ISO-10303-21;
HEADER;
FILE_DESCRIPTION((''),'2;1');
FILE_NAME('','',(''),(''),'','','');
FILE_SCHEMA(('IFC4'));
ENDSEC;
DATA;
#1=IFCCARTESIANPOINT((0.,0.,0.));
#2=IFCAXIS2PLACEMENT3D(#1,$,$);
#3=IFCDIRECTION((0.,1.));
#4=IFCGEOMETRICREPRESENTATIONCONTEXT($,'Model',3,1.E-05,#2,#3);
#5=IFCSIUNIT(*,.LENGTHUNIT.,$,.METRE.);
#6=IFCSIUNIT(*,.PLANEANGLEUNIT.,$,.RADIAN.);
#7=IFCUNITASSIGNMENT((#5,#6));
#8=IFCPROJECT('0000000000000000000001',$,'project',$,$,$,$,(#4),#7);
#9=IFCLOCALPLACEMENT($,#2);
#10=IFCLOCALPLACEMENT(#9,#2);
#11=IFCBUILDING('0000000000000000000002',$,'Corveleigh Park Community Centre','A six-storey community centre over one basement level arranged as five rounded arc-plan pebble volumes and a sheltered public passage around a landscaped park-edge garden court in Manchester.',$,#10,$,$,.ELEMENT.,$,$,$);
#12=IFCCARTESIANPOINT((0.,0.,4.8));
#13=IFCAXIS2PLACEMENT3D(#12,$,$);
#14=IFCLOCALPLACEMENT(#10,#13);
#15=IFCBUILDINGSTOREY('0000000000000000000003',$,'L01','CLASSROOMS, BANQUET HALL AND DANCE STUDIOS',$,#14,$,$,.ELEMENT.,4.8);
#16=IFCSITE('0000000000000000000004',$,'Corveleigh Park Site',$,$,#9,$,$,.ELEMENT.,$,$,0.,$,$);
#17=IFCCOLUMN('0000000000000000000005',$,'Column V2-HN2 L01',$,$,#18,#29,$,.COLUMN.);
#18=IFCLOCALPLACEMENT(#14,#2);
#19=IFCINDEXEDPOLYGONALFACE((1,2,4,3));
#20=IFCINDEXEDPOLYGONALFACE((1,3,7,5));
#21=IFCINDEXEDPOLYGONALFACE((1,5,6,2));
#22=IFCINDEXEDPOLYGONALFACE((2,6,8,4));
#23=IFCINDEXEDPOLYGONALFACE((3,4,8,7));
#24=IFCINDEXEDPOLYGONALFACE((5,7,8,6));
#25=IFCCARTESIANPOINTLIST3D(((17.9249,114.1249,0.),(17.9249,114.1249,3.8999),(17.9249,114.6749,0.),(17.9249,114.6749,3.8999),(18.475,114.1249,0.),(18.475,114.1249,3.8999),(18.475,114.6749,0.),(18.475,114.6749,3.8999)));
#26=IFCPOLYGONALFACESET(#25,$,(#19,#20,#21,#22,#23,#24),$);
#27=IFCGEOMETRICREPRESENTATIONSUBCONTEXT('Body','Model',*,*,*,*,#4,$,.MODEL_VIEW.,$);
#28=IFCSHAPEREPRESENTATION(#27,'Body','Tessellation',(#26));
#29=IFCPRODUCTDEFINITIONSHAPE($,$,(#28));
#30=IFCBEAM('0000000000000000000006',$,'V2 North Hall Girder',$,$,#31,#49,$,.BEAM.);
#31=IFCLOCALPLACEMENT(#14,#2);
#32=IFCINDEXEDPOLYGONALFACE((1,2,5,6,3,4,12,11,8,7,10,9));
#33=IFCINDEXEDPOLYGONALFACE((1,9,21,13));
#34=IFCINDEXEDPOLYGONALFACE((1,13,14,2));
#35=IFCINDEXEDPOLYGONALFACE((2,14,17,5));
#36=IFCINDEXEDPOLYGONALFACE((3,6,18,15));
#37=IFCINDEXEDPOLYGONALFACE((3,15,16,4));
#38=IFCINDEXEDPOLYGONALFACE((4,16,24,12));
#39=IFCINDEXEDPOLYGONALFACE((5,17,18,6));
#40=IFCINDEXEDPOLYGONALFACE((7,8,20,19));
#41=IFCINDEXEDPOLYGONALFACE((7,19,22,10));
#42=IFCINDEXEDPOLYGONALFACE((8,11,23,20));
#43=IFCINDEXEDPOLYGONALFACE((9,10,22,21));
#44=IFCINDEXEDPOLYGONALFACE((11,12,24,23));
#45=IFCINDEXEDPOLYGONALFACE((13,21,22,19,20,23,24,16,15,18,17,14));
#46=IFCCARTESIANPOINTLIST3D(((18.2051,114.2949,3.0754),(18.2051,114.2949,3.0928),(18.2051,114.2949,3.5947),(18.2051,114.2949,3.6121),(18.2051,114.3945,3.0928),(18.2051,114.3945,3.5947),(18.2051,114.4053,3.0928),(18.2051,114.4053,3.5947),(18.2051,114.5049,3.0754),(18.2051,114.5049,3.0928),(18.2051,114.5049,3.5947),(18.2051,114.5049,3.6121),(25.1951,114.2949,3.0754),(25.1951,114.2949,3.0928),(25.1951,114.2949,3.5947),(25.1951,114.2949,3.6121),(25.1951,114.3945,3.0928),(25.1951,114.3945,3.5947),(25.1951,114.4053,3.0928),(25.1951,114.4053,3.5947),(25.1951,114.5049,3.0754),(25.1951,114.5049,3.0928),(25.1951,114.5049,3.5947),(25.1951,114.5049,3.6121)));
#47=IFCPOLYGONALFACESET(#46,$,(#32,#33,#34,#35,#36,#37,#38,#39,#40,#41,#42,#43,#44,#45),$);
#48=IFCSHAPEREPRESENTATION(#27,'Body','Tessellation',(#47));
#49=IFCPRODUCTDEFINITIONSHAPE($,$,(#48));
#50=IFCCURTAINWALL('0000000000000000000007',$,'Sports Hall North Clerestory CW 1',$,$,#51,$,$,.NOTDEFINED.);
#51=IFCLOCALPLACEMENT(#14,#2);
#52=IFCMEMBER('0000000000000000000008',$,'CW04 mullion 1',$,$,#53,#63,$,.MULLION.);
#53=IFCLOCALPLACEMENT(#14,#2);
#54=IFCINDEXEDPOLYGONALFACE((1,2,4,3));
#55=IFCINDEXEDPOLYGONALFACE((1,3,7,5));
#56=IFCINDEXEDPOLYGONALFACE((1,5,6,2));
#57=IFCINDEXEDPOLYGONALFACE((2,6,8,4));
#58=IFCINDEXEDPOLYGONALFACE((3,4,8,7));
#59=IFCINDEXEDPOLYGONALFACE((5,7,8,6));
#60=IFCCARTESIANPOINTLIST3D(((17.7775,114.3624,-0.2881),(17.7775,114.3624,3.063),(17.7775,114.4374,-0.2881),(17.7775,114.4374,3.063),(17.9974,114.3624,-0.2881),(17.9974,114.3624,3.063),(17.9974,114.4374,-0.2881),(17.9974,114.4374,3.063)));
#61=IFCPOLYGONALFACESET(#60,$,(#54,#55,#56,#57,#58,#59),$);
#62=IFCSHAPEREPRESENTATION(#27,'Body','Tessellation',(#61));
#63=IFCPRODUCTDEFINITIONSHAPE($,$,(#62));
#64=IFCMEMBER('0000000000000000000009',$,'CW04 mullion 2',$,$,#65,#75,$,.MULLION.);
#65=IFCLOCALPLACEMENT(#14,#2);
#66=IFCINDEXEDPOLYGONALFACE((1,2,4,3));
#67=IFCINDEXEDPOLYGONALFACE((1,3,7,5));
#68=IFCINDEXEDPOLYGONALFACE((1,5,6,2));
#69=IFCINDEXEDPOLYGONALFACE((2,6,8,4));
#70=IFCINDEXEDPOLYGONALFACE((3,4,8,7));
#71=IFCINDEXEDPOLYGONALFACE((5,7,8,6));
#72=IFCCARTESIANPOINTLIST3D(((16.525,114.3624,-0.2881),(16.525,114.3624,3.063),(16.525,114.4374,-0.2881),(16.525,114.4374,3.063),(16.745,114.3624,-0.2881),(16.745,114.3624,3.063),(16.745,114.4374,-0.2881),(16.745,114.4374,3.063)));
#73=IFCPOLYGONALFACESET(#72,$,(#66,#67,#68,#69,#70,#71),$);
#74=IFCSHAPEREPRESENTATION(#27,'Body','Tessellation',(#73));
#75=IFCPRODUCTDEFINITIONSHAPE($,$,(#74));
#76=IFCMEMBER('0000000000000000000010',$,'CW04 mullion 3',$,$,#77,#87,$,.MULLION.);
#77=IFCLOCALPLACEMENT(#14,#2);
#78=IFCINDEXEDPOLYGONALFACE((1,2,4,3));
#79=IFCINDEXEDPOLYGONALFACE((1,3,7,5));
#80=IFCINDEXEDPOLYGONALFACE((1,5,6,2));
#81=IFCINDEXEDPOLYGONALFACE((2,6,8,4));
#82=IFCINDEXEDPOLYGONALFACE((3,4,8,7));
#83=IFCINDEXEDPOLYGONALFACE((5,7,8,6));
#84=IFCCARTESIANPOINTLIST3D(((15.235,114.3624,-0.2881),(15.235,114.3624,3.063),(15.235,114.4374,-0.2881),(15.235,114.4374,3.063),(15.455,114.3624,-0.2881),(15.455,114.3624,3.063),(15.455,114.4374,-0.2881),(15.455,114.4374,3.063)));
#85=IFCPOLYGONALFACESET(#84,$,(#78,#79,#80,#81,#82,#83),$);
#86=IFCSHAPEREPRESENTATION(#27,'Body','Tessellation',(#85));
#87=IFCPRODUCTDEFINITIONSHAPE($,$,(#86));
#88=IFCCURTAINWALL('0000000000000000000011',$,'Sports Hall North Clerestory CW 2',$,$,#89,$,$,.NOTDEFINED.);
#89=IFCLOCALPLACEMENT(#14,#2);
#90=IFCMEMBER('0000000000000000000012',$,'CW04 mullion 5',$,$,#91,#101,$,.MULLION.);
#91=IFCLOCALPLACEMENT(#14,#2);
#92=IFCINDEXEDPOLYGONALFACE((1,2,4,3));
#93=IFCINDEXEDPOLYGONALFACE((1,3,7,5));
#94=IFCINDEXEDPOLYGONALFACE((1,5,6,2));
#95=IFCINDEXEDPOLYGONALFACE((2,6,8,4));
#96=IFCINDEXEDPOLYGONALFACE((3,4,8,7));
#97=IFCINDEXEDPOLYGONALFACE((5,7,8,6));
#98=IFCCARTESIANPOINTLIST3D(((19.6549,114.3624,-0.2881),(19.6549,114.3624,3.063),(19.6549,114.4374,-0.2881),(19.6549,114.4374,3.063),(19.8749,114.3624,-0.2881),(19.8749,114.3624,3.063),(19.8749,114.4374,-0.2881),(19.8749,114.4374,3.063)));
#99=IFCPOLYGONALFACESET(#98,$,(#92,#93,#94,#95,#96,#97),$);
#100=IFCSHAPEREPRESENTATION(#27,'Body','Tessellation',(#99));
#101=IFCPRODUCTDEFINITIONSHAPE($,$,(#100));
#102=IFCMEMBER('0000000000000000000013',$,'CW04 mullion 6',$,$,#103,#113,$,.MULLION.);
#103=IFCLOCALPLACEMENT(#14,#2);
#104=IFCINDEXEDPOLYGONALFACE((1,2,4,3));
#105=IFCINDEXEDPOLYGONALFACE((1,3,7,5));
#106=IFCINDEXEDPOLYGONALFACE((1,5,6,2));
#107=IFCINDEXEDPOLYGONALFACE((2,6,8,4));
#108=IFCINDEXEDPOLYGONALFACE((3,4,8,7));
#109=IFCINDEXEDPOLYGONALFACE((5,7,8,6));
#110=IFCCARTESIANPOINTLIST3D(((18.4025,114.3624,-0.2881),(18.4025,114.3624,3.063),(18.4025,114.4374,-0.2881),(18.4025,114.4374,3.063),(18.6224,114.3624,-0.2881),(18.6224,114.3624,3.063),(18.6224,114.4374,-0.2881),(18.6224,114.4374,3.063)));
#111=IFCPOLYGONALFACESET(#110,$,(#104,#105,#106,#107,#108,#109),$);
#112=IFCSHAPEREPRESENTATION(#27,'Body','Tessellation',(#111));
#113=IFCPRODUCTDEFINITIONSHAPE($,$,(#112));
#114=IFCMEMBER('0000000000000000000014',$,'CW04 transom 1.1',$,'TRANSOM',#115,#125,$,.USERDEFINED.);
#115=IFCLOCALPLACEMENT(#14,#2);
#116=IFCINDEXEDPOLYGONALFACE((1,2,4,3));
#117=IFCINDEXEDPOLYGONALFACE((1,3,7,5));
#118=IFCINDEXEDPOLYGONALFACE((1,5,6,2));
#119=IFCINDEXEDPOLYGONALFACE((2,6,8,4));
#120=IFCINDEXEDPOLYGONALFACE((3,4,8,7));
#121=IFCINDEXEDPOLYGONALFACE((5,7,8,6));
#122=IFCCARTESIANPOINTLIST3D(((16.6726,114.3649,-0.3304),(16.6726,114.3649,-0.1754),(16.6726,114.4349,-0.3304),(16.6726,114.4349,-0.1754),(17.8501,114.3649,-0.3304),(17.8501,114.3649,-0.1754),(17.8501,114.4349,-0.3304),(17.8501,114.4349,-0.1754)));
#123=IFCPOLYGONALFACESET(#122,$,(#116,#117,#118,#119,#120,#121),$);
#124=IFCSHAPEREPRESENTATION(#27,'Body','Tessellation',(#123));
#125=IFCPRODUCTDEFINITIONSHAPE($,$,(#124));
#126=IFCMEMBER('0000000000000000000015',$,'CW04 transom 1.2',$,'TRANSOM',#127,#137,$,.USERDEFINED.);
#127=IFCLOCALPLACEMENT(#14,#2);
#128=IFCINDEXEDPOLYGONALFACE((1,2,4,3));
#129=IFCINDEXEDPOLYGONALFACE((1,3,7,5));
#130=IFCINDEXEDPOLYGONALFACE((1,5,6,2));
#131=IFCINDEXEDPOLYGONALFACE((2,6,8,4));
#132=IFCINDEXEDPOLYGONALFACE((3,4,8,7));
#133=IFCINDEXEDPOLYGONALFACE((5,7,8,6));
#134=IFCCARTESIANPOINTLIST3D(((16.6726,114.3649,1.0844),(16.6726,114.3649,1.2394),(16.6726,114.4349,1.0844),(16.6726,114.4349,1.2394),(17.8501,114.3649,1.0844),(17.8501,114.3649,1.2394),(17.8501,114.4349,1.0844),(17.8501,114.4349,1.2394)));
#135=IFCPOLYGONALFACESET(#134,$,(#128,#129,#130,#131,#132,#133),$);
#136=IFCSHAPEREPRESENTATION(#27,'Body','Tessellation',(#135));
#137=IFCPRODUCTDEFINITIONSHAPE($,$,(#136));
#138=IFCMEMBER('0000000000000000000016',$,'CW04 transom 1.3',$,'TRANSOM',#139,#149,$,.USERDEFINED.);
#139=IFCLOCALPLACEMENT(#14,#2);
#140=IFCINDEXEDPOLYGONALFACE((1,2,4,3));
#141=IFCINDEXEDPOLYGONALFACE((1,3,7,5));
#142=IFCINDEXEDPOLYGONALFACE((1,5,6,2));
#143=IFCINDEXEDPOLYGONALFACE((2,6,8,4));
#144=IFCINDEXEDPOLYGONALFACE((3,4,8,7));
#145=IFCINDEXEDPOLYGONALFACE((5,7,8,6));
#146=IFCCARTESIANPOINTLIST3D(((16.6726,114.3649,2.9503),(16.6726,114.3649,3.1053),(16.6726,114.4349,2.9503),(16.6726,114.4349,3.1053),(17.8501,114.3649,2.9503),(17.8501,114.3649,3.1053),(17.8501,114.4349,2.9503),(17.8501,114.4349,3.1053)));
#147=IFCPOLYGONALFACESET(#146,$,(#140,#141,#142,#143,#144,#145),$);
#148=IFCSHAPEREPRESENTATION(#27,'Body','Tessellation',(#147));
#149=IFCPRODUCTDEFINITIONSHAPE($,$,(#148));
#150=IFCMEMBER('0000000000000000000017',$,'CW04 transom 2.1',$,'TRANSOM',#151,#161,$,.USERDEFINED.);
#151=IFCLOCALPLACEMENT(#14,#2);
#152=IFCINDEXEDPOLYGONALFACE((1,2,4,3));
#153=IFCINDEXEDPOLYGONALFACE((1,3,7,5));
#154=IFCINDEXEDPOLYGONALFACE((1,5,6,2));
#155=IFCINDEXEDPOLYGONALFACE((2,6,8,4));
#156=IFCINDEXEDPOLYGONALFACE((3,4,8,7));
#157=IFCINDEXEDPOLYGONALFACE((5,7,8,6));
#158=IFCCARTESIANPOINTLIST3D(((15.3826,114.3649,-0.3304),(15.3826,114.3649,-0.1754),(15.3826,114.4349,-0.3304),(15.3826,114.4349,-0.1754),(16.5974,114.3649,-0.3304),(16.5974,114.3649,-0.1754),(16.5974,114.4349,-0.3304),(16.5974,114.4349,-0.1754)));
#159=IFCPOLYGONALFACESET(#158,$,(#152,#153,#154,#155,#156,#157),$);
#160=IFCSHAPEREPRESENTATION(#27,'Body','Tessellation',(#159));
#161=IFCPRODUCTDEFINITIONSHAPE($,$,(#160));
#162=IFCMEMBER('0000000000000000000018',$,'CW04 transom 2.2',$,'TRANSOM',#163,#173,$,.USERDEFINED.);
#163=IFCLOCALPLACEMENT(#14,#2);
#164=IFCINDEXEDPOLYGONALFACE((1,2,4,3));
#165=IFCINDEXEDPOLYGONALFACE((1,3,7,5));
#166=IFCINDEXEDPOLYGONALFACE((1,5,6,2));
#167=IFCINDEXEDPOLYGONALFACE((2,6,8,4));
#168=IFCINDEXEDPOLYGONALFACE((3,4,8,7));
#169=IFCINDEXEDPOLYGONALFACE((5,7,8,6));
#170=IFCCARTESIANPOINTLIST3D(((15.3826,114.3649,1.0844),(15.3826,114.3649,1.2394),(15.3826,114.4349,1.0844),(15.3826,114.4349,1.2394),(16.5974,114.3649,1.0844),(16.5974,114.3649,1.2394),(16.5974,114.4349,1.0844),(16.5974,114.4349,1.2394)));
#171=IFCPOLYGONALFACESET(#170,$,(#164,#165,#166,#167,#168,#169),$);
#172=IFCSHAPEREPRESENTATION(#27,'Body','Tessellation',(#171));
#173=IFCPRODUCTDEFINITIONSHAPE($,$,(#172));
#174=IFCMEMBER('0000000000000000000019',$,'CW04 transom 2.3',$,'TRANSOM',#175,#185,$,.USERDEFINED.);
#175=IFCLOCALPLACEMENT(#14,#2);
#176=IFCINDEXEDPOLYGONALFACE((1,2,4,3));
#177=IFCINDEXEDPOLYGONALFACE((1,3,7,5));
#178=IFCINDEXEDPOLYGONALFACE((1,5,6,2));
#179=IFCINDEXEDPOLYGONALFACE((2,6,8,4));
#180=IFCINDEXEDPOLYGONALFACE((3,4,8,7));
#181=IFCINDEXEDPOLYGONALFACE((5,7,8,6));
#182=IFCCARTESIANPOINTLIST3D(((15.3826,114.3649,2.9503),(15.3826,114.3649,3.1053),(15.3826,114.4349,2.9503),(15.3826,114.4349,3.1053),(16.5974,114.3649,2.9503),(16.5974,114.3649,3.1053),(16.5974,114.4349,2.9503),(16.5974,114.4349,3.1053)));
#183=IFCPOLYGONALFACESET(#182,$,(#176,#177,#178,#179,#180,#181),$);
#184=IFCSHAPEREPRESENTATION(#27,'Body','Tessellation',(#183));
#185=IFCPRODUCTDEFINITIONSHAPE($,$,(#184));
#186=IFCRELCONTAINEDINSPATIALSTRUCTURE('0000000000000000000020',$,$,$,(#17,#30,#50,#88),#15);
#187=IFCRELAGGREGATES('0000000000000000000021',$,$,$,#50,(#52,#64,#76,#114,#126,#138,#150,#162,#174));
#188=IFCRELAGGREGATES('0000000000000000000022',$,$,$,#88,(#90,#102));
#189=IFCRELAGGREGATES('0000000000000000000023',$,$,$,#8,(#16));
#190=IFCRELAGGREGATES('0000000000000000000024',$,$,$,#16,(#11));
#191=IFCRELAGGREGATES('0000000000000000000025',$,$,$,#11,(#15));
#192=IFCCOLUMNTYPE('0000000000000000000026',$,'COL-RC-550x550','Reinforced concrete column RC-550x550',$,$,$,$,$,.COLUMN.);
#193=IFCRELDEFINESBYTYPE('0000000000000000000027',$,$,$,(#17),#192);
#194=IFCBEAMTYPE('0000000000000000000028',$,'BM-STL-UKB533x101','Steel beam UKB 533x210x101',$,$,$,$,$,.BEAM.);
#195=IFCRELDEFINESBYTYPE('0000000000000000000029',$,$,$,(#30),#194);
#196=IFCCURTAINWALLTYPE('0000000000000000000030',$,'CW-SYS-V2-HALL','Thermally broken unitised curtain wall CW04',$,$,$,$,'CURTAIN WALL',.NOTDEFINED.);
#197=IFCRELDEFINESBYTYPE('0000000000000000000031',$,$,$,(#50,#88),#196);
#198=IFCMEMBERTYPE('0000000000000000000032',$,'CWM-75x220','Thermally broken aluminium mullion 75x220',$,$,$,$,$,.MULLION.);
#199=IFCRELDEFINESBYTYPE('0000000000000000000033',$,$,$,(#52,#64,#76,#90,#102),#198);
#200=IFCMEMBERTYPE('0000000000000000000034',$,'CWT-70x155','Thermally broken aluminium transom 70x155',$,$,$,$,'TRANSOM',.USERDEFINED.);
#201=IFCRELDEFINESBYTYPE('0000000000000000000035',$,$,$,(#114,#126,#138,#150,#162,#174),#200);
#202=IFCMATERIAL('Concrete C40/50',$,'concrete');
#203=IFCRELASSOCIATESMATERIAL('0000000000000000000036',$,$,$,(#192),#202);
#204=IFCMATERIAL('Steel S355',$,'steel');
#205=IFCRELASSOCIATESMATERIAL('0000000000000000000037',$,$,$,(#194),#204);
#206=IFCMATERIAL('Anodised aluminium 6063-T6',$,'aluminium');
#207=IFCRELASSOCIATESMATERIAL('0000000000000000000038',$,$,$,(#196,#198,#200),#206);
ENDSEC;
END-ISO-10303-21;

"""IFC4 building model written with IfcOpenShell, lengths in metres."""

from ifc_helpers import new_model, si_unit, direction, frame, origin, origin_2d, place, context, subcontext, project, spatial, rectangle, i_section, extrude, material, material_profile, profile_set, type_object, element, aggregate, save


model = new_model("IFC4")

# Units and contexts
model_context = context("Model", 3, precision=1e-05, world=origin(), true_north=direction((0.0, 1.0)))
body_context = subcontext(model_context, "Body", "Model", "MODEL_VIEW")
ifc_project = project(units=[si_unit("LENGTHUNIT", "METRE"), si_unit("PLANEANGLEUNIT", "RADIAN")], contexts=[model_context])

# Site, building, storey
site_placement = place(None, origin())
site = spatial("IfcSite", under=ifc_project, at=site_placement, Name="Corveleigh Park Site", CompositionType="ELEMENT", RefElevation=0.0)
building_placement = place(site_placement, origin())
building = spatial("IfcBuilding", under=site, at=building_placement, Name="Corveleigh Park Community Centre", Description="A six-storey community centre over one basement level arranged as five rounded arc-plan pebble volumes and a sheltered public passage around a landscaped park-edge garden court in Manchester.", CompositionType="ELEMENT")
storey_placement = place(building_placement, frame((0.0, 0.0, 4.8)))
storey = spatial("IfcBuildingStorey", under=building, at=storey_placement, Name="L01", Description="CLASSROOMS, BANQUET HALL AND DANCE STUDIOS", CompositionType="ELEMENT", Elevation=4.8)

# Column
ifc_material_1 = material(Name="Concrete C40/50", Category="concrete")
ifc_material_profile_1 = material_profile(ifc_material_1, rectangle(XDim=0.55, YDim=0.55, at=origin_2d()), Name="RC-550x550", Category="concrete")
ifc_profile_set_1 = profile_set([ifc_material_profile_1], Name="Concrete C40/50")
column_type = type_object("IfcColumnType", Name="COL-RC-550x550", Description="Reinforced concrete column RC-550x550", PredefinedType="COLUMN", material=ifc_profile_set_1)
column_placement = place(storey_placement, frame((18.2, 114.3999, 0.0), z_axis=(0.0, 0.0, 1.0), x_axis=(1.0, 0.0, 0.0)))
element("IfcColumn", 1, at=column_placement, inside=storey, type_object=column_type, Name="Column V2-HN2 L01", PredefinedType="COLUMN", context=body_context, shape_type="SweptSolid", body=[
    extrude(rectangle(XDim=0.55, YDim=0.55, at=origin_2d()), origin(), (0.0, 0.0, 1.0), 3.8999),
])

# Beam
ifc_material_2 = material(Name="Steel S355", Category="steel")
ifc_material_profile_2 = material_profile(ifc_material_2, i_section(OverallWidth=0.21, OverallDepth=0.5366, WebThickness=0.0107, FlangeThickness=0.0173, at=origin_2d()), Name="UKB 533x210x101", Category="steel")
ifc_profile_set_2 = profile_set([ifc_material_profile_2], Name="Steel S355")
beam_type = type_object("IfcBeamType", Name="BM-STL-UKB533x101", Description="Steel beam UKB 533x210x101", PredefinedType="BEAM", material=ifc_profile_set_2)
beam_placement = place(storey_placement, frame((18.2051, 114.3999, 3.3438), z_axis=(1.0, 0.0, 0.0), x_axis=(0.0, 1.0, 0.0)))
element("IfcBeam", 2, at=beam_placement, inside=storey, type_object=beam_type, Name="V2 North Hall Girder", PredefinedType="BEAM", context=body_context, shape_type="SweptSolid", body=[
    extrude(i_section(OverallWidth=0.21, OverallDepth=0.5366, WebThickness=0.0107, FlangeThickness=0.0173, at=origin_2d()), origin(), (0.0, 0.0, 1.0), 6.99),
])

# Curtain walls, members
ifc_material_3 = material(Name="Anodised aluminium 6063-T6", Category="aluminium")
curtain_wall_type = type_object("IfcCurtainWallType", Name="CW-SYS-V2-HALL", Description="Thermally broken unitised curtain wall CW04", ElementType="CURTAIN WALL", PredefinedType="NOTDEFINED", material=ifc_material_3)
curtain_wall_1_placement = place(storey_placement, origin())
curtain_wall_1 = element("IfcCurtainWall", 3, at=curtain_wall_1_placement, inside=storey, type_object=curtain_wall_type, Name="Sports Hall North Clerestory CW 1", PredefinedType="NOTDEFINED")
ifc_material_profile_3 = material_profile(ifc_material_3, rectangle(XDim=0.075, YDim=0.22, at=origin_2d()), Name="ALU-M75x220", Category="aluminium")
ifc_profile_set_3 = profile_set([ifc_material_profile_3], Name="Anodised aluminium 6063-T6")
member_type_1 = type_object("IfcMemberType", Name="CWM-75x220", Description="Thermally broken aluminium mullion 75x220", PredefinedType="MULLION", material=ifc_profile_set_3)
member_1_placement = place(storey_placement, frame((17.8875, 114.3999, -0.2881), z_axis=(0.0, 0.0, 1.0), x_axis=(0.0, -1.0, 0.0)))
member_1 = element("IfcMember", 4, at=member_1_placement, type_object=member_type_1, Name="CW04 mullion 1", PredefinedType="MULLION", context=body_context, shape_type="SweptSolid", body=[
    extrude(rectangle(XDim=0.075, YDim=0.22, at=origin_2d()), origin(), (0.0, 0.0, 1.0), 3.3511),
])
member_2_placement = place(storey_placement, frame((16.635, 114.3999, -0.2881), z_axis=(0.0, 0.0, 1.0), x_axis=(0.0, -1.0, 0.0)))
member_2 = element("IfcMember", 5, at=member_2_placement, type_object=member_type_1, Name="CW04 mullion 2", PredefinedType="MULLION", context=body_context, shape_type="SweptSolid", body=[
    extrude(rectangle(XDim=0.075, YDim=0.22, at=origin_2d()), origin(), (0.0, 0.0, 1.0), 3.3511),
])
member_3_placement = place(storey_placement, frame((15.345, 114.3999, -0.2881), z_axis=(0.0, 0.0, 1.0), x_axis=(0.0, -1.0, 0.0)))
member_3 = element("IfcMember", 6, at=member_3_placement, type_object=member_type_1, Name="CW04 mullion 3", PredefinedType="MULLION", context=body_context, shape_type="SweptSolid", body=[
    extrude(rectangle(XDim=0.075, YDim=0.22, at=origin_2d()), origin(), (0.0, 0.0, 1.0), 3.3511),
])
curtain_wall_2_placement = place(storey_placement, origin())
curtain_wall_2 = element("IfcCurtainWall", 7, at=curtain_wall_2_placement, inside=storey, type_object=curtain_wall_type, Name="Sports Hall North Clerestory CW 2", PredefinedType="NOTDEFINED")
member_4_placement = place(storey_placement, frame((19.7649, 114.3999, -0.2881), z_axis=(0.0, 0.0, 1.0), x_axis=(0.0, -1.0, 0.0)))
member_4 = element("IfcMember", 8, at=member_4_placement, type_object=member_type_1, Name="CW04 mullion 5", PredefinedType="MULLION", context=body_context, shape_type="SweptSolid", body=[
    extrude(rectangle(XDim=0.075, YDim=0.22, at=origin_2d()), origin(), (0.0, 0.0, 1.0), 3.3511),
])
member_5_placement = place(storey_placement, frame((18.5125, 114.3999, -0.2881), z_axis=(0.0, 0.0, 1.0), x_axis=(0.0, -1.0, 0.0)))
member_5 = element("IfcMember", 9, at=member_5_placement, type_object=member_type_1, Name="CW04 mullion 6", PredefinedType="MULLION", context=body_context, shape_type="SweptSolid", body=[
    extrude(rectangle(XDim=0.075, YDim=0.22, at=origin_2d()), origin(), (0.0, 0.0, 1.0), 3.3511),
])

# Members
ifc_material_profile_4 = material_profile(ifc_material_3, rectangle(XDim=0.0701, YDim=0.155, at=origin_2d()), Name="ALU-T70x155", Category="aluminium")
ifc_profile_set_4 = profile_set([ifc_material_profile_4], Name="Anodised aluminium 6063-T6")
member_type_2 = type_object("IfcMemberType", Name="CWT-70x155", Description="Thermally broken aluminium transom 70x155", ElementType="TRANSOM", PredefinedType="USERDEFINED", material=ifc_profile_set_4)
member_6_placement = place(storey_placement, frame((17.8501, 114.3999, -0.2529), z_axis=(-1.0, 0.0, 0.0), x_axis=(0.0, -1.0, 0.0)))
member_6 = element("IfcMember", 10, at=member_6_placement, type_object=member_type_2, Name="CW04 transom 1.1", ObjectType="TRANSOM", PredefinedType="USERDEFINED", context=body_context, shape_type="SweptSolid", body=[
    extrude(rectangle(XDim=0.0701, YDim=0.155, at=origin_2d()), origin(), (0.0, 0.0, 1.0), 1.1775),
])
member_7_placement = place(storey_placement, frame((17.8501, 114.3999, 1.1619), z_axis=(-1.0, 0.0, 0.0), x_axis=(0.0, -1.0, 0.0)))
member_7 = element("IfcMember", 11, at=member_7_placement, type_object=member_type_2, Name="CW04 transom 1.2", ObjectType="TRANSOM", PredefinedType="USERDEFINED", context=body_context, shape_type="SweptSolid", body=[
    extrude(rectangle(XDim=0.0701, YDim=0.155, at=origin_2d()), origin(), (0.0, 0.0, 1.0), 1.1775),
])
member_8_placement = place(storey_placement, frame((17.8501, 114.3999, 3.0278), z_axis=(-1.0, 0.0, 0.0), x_axis=(0.0, -1.0, 0.0)))
member_8 = element("IfcMember", 12, at=member_8_placement, type_object=member_type_2, Name="CW04 transom 1.3", ObjectType="TRANSOM", PredefinedType="USERDEFINED", context=body_context, shape_type="SweptSolid", body=[
    extrude(rectangle(XDim=0.0701, YDim=0.155, at=origin_2d()), origin(), (0.0, 0.0, 1.0), 1.1775),
])
member_9_placement = place(storey_placement, frame((16.5974, 114.3999, -0.2529), z_axis=(-1.0, 0.0, 0.0), x_axis=(0.0, -1.0, 0.0)))
member_9 = element("IfcMember", 13, at=member_9_placement, type_object=member_type_2, Name="CW04 transom 2.1", ObjectType="TRANSOM", PredefinedType="USERDEFINED", context=body_context, shape_type="SweptSolid", body=[
    extrude(rectangle(XDim=0.0701, YDim=0.155, at=origin_2d()), origin(), (0.0, 0.0, 1.0), 1.2148),
])
member_10_placement = place(storey_placement, frame((16.5974, 114.3999, 1.1619), z_axis=(-1.0, 0.0, 0.0), x_axis=(0.0, -1.0, 0.0)))
member_10 = element("IfcMember", 14, at=member_10_placement, type_object=member_type_2, Name="CW04 transom 2.2", ObjectType="TRANSOM", PredefinedType="USERDEFINED", context=body_context, shape_type="SweptSolid", body=[
    extrude(rectangle(XDim=0.0701, YDim=0.155, at=origin_2d()), origin(), (0.0, 0.0, 1.0), 1.2148),
])
member_11_placement = place(storey_placement, frame((16.5974, 114.3999, 3.0278), z_axis=(-1.0, 0.0, 0.0), x_axis=(0.0, -1.0, 0.0)))
member_11 = element("IfcMember", 15, at=member_11_placement, type_object=member_type_2, Name="CW04 transom 2.3", ObjectType="TRANSOM", PredefinedType="USERDEFINED", context=body_context, shape_type="SweptSolid", body=[
    extrude(rectangle(XDim=0.0701, YDim=0.155, at=origin_2d()), origin(), (0.0, 0.0, 1.0), 1.2148),
])

aggregate(curtain_wall_1, [member_1, member_2, member_3, member_6, member_7, member_8, member_9, member_10, member_11])
aggregate(curtain_wall_2, [member_4, member_5])

save(model, "model.ifc")
